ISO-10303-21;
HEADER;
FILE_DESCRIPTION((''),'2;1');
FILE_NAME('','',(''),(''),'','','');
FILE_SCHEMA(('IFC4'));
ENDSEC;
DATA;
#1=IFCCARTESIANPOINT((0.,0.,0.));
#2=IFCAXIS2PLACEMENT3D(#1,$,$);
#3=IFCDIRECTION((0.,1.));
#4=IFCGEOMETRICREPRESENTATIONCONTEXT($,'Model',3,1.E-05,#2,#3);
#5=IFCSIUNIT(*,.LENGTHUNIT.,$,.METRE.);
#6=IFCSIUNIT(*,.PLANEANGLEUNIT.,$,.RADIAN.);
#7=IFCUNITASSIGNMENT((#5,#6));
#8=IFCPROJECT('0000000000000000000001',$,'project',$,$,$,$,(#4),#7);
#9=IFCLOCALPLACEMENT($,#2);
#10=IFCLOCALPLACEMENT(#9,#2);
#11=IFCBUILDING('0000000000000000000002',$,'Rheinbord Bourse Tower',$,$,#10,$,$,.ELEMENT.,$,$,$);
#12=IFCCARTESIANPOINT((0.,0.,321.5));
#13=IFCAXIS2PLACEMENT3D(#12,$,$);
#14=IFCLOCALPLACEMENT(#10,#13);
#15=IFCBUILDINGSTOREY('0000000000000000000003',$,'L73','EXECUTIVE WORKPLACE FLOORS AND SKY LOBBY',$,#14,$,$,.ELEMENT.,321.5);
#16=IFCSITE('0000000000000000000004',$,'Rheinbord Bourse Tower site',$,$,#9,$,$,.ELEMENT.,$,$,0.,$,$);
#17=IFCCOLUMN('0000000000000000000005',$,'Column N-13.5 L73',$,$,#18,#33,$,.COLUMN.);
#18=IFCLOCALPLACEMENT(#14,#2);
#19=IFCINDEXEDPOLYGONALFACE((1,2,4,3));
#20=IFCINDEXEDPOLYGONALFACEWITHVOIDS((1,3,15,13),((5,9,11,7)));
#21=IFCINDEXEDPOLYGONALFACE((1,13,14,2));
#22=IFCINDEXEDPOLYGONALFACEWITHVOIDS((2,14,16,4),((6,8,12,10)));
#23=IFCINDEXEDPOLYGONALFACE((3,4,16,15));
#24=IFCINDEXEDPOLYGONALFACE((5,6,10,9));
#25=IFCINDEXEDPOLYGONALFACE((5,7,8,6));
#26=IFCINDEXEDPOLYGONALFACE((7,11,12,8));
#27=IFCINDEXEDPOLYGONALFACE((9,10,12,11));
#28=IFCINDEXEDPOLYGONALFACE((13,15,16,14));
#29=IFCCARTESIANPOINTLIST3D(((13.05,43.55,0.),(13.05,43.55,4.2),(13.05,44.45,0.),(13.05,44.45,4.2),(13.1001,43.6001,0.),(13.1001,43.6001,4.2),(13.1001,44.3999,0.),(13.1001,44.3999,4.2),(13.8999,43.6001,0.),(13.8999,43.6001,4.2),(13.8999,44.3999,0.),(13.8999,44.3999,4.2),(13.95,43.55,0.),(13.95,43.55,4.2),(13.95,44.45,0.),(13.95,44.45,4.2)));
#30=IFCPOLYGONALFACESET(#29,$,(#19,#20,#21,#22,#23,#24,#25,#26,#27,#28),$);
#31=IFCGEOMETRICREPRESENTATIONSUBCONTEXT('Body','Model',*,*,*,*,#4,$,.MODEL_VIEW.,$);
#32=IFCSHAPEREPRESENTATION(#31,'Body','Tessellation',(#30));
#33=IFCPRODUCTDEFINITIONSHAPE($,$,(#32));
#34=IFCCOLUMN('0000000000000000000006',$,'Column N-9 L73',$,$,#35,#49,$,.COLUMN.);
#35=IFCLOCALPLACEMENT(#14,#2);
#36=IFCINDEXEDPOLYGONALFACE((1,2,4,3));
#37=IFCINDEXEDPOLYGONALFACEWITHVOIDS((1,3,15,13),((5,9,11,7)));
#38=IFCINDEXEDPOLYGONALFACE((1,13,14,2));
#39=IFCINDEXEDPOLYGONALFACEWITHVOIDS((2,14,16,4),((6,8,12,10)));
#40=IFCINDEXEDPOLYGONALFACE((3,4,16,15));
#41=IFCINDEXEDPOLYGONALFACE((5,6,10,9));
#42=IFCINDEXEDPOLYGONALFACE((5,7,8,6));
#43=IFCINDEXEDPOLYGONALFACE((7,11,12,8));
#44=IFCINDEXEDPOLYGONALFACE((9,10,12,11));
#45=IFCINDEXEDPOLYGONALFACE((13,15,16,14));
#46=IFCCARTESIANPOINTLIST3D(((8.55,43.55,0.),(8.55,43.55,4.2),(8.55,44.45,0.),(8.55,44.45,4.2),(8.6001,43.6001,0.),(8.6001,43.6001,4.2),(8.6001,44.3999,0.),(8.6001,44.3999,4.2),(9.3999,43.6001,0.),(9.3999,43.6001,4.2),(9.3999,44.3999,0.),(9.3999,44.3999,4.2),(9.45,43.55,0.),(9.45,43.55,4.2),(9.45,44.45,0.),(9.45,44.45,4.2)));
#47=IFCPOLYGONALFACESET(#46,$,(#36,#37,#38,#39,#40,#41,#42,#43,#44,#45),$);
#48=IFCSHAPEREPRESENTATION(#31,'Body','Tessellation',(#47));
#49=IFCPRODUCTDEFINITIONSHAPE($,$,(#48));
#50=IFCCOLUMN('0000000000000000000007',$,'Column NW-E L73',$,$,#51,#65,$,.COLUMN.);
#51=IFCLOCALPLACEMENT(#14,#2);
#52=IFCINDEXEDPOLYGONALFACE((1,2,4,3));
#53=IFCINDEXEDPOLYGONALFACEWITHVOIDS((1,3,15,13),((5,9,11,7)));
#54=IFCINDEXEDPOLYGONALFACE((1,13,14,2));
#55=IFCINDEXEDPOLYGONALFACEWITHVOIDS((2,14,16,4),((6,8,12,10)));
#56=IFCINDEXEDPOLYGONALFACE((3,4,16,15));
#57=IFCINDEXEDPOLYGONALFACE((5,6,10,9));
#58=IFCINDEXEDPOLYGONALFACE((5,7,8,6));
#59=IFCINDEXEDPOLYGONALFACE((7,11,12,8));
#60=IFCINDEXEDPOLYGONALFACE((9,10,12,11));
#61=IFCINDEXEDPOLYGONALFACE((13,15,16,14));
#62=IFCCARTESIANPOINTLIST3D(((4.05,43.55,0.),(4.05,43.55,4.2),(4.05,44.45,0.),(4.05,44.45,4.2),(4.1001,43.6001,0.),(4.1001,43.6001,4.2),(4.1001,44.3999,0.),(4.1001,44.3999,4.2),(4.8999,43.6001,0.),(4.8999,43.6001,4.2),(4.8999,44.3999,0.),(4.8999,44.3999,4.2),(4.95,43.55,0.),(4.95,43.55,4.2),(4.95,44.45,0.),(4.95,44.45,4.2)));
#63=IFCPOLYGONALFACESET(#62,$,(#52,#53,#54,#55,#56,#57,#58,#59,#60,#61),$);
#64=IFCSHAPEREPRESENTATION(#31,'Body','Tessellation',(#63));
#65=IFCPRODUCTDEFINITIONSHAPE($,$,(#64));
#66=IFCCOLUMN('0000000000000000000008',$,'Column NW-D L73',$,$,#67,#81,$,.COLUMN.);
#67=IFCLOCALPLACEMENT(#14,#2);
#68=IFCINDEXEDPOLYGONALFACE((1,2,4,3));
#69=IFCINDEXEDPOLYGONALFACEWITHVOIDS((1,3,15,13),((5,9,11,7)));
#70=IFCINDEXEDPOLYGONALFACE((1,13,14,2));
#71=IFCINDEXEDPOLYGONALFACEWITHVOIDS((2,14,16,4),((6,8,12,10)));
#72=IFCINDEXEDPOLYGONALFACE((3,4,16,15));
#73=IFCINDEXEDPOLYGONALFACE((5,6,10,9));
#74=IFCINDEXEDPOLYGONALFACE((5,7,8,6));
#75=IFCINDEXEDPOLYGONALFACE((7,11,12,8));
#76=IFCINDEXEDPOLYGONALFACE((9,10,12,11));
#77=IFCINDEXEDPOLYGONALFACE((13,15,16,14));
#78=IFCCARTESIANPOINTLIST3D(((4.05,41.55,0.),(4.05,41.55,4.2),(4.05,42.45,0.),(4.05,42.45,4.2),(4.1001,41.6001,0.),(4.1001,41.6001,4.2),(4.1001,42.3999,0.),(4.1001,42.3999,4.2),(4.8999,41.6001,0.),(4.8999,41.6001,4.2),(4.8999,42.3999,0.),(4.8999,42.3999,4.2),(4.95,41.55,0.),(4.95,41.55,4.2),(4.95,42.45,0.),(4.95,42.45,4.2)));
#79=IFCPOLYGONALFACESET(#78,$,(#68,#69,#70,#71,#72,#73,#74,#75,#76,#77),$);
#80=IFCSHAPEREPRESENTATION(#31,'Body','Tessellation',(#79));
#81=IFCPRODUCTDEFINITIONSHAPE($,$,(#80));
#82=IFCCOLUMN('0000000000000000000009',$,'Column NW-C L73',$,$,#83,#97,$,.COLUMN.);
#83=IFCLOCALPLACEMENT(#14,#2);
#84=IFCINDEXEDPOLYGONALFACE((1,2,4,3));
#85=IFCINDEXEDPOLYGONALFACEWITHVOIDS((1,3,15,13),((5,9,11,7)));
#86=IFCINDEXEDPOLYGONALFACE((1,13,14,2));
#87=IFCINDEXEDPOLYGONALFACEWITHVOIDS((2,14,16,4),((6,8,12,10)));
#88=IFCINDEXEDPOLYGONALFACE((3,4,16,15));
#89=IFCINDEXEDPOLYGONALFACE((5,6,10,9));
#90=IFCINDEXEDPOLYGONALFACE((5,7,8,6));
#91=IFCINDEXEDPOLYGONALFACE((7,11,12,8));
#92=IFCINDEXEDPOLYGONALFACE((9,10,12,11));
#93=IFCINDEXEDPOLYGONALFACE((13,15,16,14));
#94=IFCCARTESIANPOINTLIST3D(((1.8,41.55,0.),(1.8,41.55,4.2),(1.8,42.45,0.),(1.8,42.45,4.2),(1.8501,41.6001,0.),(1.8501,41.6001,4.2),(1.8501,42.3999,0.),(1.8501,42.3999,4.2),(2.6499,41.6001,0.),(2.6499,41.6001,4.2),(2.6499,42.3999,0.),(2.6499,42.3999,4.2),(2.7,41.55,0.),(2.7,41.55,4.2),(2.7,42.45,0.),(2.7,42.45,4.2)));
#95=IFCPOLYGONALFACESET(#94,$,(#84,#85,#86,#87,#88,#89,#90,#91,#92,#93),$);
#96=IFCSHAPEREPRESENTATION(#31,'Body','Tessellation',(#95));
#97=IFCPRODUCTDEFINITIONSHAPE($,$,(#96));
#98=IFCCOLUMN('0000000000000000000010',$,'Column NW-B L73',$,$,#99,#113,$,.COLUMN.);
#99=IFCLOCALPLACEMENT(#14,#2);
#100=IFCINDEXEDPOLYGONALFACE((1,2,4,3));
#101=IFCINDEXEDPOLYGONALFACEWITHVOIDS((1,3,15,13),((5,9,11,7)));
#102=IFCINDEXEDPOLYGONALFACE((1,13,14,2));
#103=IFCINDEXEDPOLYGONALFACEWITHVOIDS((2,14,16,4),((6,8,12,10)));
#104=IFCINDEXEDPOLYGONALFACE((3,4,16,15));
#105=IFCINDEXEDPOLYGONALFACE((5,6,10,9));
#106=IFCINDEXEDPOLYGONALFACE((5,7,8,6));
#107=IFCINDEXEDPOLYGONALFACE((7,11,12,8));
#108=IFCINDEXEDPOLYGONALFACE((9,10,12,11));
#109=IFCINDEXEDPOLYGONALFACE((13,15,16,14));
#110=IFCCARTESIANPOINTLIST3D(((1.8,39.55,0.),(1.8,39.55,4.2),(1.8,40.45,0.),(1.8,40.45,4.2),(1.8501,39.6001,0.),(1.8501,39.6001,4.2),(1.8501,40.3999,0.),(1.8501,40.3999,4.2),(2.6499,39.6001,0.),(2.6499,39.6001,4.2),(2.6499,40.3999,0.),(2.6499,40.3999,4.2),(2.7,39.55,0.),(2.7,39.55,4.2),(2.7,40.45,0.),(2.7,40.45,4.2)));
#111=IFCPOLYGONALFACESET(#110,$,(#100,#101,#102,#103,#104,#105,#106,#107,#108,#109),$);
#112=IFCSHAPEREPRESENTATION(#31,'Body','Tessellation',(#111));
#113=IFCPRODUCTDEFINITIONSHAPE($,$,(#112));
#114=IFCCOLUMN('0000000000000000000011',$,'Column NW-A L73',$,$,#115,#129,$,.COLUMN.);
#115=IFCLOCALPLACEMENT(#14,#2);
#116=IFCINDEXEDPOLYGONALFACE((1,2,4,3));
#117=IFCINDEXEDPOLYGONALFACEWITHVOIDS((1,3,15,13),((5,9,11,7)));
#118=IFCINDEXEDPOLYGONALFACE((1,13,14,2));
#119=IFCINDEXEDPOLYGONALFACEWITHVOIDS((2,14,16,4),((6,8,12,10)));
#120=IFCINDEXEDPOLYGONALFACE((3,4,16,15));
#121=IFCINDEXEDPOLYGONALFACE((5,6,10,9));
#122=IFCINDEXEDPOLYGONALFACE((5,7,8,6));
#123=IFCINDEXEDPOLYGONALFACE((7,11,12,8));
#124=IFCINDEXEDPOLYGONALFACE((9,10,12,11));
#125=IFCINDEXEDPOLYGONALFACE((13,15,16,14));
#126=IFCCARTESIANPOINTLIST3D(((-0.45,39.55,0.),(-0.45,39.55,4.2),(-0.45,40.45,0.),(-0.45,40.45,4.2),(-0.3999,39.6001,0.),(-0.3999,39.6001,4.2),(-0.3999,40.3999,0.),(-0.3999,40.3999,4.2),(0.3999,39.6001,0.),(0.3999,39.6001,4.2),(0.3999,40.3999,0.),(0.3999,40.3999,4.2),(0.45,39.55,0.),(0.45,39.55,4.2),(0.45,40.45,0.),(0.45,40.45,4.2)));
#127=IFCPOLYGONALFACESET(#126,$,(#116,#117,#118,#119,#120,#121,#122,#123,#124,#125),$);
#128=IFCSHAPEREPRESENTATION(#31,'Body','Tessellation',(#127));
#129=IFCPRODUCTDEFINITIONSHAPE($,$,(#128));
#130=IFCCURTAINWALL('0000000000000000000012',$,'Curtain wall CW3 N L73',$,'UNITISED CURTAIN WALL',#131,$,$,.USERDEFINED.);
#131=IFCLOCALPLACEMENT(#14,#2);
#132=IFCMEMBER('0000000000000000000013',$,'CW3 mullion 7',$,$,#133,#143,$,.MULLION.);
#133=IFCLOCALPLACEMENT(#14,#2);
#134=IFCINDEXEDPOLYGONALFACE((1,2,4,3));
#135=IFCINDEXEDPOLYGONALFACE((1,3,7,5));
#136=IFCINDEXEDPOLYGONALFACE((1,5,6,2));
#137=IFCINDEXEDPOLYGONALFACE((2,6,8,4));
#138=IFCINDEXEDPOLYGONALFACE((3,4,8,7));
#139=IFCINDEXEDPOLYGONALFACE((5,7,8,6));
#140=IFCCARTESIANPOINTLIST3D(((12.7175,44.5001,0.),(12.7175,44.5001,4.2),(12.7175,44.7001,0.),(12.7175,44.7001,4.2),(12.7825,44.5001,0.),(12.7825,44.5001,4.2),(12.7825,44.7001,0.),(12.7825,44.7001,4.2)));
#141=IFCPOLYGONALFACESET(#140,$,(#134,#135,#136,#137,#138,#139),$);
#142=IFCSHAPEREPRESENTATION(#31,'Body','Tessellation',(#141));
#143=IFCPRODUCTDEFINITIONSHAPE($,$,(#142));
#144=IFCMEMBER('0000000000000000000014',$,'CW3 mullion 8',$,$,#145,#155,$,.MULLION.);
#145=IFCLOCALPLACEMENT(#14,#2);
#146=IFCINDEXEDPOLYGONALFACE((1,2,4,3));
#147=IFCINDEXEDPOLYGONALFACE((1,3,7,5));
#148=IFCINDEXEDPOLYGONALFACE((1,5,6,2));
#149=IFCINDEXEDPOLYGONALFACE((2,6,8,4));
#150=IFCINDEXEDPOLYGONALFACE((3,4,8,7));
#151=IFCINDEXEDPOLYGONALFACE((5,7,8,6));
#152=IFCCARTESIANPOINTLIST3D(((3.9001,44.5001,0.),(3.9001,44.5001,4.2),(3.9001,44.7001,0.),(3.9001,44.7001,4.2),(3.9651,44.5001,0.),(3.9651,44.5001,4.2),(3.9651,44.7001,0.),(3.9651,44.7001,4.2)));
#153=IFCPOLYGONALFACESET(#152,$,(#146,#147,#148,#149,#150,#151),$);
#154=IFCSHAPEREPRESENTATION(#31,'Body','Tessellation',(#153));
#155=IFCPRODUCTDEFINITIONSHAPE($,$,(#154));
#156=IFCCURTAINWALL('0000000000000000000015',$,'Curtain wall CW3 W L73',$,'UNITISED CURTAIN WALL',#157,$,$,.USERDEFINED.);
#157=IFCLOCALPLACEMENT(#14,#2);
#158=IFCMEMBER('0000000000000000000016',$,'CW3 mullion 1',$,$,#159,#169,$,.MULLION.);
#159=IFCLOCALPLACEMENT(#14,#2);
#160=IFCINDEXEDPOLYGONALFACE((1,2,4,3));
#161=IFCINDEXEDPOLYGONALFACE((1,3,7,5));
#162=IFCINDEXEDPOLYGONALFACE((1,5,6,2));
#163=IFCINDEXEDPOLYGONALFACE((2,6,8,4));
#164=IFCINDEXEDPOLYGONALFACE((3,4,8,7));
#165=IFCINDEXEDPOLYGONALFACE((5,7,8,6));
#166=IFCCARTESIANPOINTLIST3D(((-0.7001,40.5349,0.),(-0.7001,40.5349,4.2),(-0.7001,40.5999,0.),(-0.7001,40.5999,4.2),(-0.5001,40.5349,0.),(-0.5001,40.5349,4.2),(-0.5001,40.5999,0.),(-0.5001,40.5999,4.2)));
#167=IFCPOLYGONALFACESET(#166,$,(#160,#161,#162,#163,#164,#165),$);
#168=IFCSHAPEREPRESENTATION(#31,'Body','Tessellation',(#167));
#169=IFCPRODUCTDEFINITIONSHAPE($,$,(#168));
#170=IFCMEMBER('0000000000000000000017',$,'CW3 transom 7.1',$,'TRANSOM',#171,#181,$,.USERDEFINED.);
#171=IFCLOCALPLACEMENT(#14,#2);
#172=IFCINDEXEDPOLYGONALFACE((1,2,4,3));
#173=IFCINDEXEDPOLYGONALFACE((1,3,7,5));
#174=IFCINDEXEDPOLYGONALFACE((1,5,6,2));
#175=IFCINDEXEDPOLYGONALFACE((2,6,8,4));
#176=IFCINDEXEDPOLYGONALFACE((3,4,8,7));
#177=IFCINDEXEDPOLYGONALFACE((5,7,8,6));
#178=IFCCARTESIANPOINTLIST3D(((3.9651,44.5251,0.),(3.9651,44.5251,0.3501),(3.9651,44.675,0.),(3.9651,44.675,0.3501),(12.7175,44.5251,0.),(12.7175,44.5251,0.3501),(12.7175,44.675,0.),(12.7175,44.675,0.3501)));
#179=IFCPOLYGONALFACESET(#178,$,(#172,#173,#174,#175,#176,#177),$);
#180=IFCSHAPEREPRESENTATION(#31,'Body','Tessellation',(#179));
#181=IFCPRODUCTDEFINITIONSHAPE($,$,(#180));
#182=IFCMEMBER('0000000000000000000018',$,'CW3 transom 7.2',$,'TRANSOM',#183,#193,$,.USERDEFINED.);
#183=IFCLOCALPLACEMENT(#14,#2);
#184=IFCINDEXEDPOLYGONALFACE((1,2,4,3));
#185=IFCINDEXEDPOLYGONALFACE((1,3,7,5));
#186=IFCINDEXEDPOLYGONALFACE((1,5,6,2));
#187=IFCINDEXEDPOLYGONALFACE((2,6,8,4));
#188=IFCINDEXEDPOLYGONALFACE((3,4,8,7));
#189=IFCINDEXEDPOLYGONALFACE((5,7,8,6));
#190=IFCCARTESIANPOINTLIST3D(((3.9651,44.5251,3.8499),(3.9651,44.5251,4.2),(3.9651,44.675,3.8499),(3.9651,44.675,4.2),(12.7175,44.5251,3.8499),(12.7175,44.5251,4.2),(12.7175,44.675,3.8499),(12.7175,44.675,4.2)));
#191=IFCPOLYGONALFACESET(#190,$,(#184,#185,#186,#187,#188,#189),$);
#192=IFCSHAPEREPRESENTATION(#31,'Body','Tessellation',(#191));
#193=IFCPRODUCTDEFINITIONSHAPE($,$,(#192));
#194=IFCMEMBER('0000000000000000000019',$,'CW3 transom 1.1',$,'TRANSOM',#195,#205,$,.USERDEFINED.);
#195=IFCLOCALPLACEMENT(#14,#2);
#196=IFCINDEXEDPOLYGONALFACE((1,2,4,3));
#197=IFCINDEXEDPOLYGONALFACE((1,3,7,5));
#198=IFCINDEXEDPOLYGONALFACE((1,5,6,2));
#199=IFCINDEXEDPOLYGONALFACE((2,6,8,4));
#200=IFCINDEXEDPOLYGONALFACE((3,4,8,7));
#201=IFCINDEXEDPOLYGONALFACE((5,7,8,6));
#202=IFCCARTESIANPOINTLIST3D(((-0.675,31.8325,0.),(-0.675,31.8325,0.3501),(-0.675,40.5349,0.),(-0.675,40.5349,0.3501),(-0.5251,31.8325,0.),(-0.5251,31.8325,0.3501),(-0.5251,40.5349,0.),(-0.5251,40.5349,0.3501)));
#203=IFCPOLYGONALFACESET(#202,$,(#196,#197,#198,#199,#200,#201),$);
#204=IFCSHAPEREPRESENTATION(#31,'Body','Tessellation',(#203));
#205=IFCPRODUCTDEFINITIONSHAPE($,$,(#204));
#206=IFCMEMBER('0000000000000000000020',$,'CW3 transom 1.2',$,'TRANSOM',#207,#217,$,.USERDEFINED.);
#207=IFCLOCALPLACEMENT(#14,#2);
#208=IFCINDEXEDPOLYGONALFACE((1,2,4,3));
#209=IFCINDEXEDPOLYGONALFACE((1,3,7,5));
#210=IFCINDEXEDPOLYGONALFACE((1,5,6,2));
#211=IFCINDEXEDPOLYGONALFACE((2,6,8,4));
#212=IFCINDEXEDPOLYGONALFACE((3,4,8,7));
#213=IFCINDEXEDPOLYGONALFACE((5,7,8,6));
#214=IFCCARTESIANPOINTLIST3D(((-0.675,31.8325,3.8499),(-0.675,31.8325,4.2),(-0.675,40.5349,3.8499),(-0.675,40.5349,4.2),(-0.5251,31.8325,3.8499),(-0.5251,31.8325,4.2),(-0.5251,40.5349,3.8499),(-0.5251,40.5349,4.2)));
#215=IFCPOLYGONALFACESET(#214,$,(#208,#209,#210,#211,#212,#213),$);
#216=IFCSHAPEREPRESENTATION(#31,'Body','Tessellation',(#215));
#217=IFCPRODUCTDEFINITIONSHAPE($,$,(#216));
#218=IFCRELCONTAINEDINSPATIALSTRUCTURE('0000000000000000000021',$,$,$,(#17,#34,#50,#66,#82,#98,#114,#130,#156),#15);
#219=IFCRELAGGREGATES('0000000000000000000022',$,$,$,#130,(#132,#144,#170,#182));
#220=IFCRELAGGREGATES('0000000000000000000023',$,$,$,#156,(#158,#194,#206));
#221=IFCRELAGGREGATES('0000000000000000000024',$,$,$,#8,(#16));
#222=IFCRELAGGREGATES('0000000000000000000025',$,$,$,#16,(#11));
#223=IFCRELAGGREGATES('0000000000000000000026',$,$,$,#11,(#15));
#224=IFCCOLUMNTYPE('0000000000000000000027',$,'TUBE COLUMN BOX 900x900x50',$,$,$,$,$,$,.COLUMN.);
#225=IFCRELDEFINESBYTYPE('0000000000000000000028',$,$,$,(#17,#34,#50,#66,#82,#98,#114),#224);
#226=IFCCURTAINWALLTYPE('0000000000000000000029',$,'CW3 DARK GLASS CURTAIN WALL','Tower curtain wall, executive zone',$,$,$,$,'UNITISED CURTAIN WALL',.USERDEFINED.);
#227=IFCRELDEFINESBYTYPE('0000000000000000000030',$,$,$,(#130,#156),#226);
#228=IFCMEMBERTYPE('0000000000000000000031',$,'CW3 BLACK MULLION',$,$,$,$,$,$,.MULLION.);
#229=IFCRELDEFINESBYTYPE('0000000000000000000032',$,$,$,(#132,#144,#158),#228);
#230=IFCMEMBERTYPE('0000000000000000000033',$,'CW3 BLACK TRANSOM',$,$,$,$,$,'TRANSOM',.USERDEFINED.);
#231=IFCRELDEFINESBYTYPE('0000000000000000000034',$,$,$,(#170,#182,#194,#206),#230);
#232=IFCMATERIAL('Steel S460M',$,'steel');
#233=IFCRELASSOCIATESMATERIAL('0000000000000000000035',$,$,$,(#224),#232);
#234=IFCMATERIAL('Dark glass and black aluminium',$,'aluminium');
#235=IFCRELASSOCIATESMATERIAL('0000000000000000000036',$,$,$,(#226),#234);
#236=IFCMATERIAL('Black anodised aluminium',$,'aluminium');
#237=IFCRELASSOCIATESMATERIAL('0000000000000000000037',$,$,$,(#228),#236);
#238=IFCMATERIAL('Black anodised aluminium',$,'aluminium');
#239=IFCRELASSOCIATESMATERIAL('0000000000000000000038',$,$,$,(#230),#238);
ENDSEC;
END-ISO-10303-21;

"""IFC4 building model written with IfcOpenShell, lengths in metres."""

from ifc_helpers import new_model, si_unit, direction, frame, origin, origin_2d, place, context, subcontext, project, spatial, rectangle, hollow_rectangle, extrude, material, material_profile, profile_set, type_object, element, aggregate, save


model = new_model("IFC4")

# Units and contexts
model_context = context("Model", 3, precision=1e-05, world=origin(), true_north=direction((0.0, 1.0)))
body_context = subcontext(model_context, "Body", "Model", "MODEL_VIEW")
ifc_project = project(units=[si_unit("LENGTHUNIT", "METRE"), si_unit("PLANEANGLEUNIT", "RADIAN")], contexts=[model_context])

# Site, building, storey
site_placement = place(None, origin())
site = spatial("IfcSite", under=ifc_project, at=site_placement, Name="Rheinbord Bourse Tower site", CompositionType="ELEMENT", RefElevation=0.0)
building_placement = place(site_placement, origin())
building = spatial("IfcBuilding", under=site, at=building_placement, Name="Rheinbord Bourse Tower", CompositionType="ELEMENT")
storey_placement = place(building_placement, frame((0.0, 0.0, 321.5)))
storey = spatial("IfcBuildingStorey", under=building, at=storey_placement, Name="L73", Description="EXECUTIVE WORKPLACE FLOORS AND SKY LOBBY", CompositionType="ELEMENT", Elevation=321.5)

# Columns
ifc_material_1 = material(Name="Steel S460M", Category="steel")
ifc_material_profile_1 = material_profile(ifc_material_1, hollow_rectangle(XDim=0.8999, YDim=0.8999, WallThickness=0.05, at=origin_2d()), Name="BOX 900x900x50")
ifc_profile_set_1 = profile_set([ifc_material_profile_1], Name="Steel S460M")
column_type = type_object("IfcColumnType", Name="TUBE COLUMN BOX 900x900x50", PredefinedType="COLUMN", material=ifc_profile_set_1)
for number, where, z_axis, x_axis, name in (
    (1, (13.5, 44.0, 0.0), (0.0, 0.0, 1.0), (0.0, 1.0, 0.0), "Column N-13.5 L73"),
    (2, (9.0, 44.0, 0.0), (0.0, 0.0, 1.0), (0.0, 1.0, 0.0), "Column N-9 L73"),
    (3, (4.5, 44.0, 0.0), (0.0, 0.0, 1.0), (0.0, 1.0, 0.0), "Column NW-E L73"),
    (4, (4.5, 42.0, 0.0), (0.0, 0.0, 1.0), (0.0, 1.0, 0.0), "Column NW-D L73"),
    (5, (2.25, 42.0, 0.0), (0.0, 0.0, 1.0), (1.0, 0.0, 0.0), "Column NW-C L73"),
    (6, (2.25, 40.0, 0.0), (0.0, 0.0, 1.0), (1.0, 0.0, 0.0), "Column NW-B L73"),
    (7, (0.0, 40.0, 0.0), (0.0, 0.0, 1.0), (1.0, 0.0, 0.0), "Column NW-A L73"),
):
    element("IfcColumn", number, at=place(storey_placement, frame(where, z_axis=z_axis, x_axis=x_axis)), inside=storey, type_object=column_type, Name=name, PredefinedType="COLUMN", context=body_context, shape_type="SweptSolid", body=[
        extrude(hollow_rectangle(XDim=0.8999, YDim=0.8999, WallThickness=0.05, at=origin_2d()), origin(), (0.0, 0.0, 1.0), 4.2),
    ])

# Curtain wall, members
ifc_material_2 = material(Name="Dark glass and black aluminium", Category="aluminium")
curtain_wall_type = type_object("IfcCurtainWallType", Name="CW3 DARK GLASS CURTAIN WALL", Description="Tower curtain wall, executive zone", ElementType="UNITISED CURTAIN WALL", PredefinedType="USERDEFINED", material=ifc_material_2)
curtain_wall_1_placement = place(storey_placement, origin())
curtain_wall_1 = element("IfcCurtainWall", 8, at=curtain_wall_1_placement, inside=storey, type_object=curtain_wall_type, Name="Curtain wall CW3 N L73", ObjectType="UNITISED CURTAIN WALL", PredefinedType="USERDEFINED")
ifc_material_3 = material(Name="Black anodised aluminium", Category="aluminium")
ifc_material_profile_2 = material_profile(ifc_material_3, rectangle(XDim=0.2, YDim=0.0649, at=origin_2d()), Name="CW3 MULLION 65x200")
ifc_profile_set_2 = profile_set([ifc_material_profile_2], Name="Black anodised aluminium")
member_type_1 = type_object("IfcMemberType", Name="CW3 BLACK MULLION", PredefinedType="MULLION", material=ifc_profile_set_2)
member_1_placement = place(storey_placement, frame((12.75, 44.6001, 0.0), z_axis=(0.0, 0.0, 1.0), x_axis=(0.0, -1.0, 0.0)))
member_1 = element("IfcMember", 9, at=member_1_placement, type_object=member_type_1, Name="CW3 mullion 7", PredefinedType="MULLION", context=body_context, shape_type="SweptSolid", body=[
    extrude(rectangle(XDim=0.2, YDim=0.0649, at=origin_2d()), origin(), (0.0, 0.0, 1.0), 4.2),
])
member_2_placement = place(storey_placement, frame((3.9326, 44.6001, 0.0), z_axis=(0.0, 0.0, 1.0), x_axis=(0.0, -1.0, 0.0)))
member_2 = element("IfcMember", 10, at=member_2_placement, type_object=member_type_1, Name="CW3 mullion 8", PredefinedType="MULLION", context=body_context, shape_type="SweptSolid", body=[
    extrude(rectangle(XDim=0.2, YDim=0.0649, at=origin_2d()), origin(), (0.0, 0.0, 1.0), 4.2),
])

# Curtain wall, member
curtain_wall_2_placement = place(storey_placement, origin())
curtain_wall_2 = element("IfcCurtainWall", 11, at=curtain_wall_2_placement, inside=storey, type_object=curtain_wall_type, Name="Curtain wall CW3 W L73", ObjectType="UNITISED CURTAIN WALL", PredefinedType="USERDEFINED")
member_3_placement = place(storey_placement, frame((-0.6001, 40.5674, 0.0), z_axis=(0.0, 0.0, 1.0), x_axis=(1.0, 0.0, 0.0)))
member_3 = element("IfcMember", 12, at=member_3_placement, type_object=member_type_1, Name="CW3 mullion 1", PredefinedType="MULLION", context=body_context, shape_type="SweptSolid", body=[
    extrude(rectangle(XDim=0.2, YDim=0.0649, at=origin_2d()), origin(), (0.0, 0.0, 1.0), 4.2),
])

# Members
ifc_material_4 = material(Name="Black anodised aluminium", Category="aluminium")
ifc_material_profile_3 = material_profile(ifc_material_4, rectangle(XDim=0.1499, YDim=0.3501, at=origin_2d()), Name="CW3 TRANSOM 350x150")
ifc_profile_set_3 = profile_set([ifc_material_profile_3], Name="Black anodised aluminium")
member_type_2 = type_object("IfcMemberType", Name="CW3 BLACK TRANSOM", ElementType="TRANSOM", PredefinedType="USERDEFINED", material=ifc_profile_set_3)
member_4_placement = place(storey_placement, frame((12.7175, 44.6001, 0.175), z_axis=(-1.0, 0.0, 0.0), x_axis=(0.0, -1.0, 0.0)))
member_4 = element("IfcMember", 13, at=member_4_placement, type_object=member_type_2, Name="CW3 transom 7.1", ObjectType="TRANSOM", PredefinedType="USERDEFINED", context=body_context, shape_type="SweptSolid", body=[
    extrude(rectangle(XDim=0.1499, YDim=0.3501, at=origin_2d()), origin(), (0.0, 0.0, 1.0), 8.7524),
])
member_5_placement = place(storey_placement, frame((12.7175, 44.6001, 4.0249), z_axis=(-1.0, 0.0, 0.0), x_axis=(0.0, -1.0, 0.0)))
member_5 = element("IfcMember", 14, at=member_5_placement, type_object=member_type_2, Name="CW3 transom 7.2", ObjectType="TRANSOM", PredefinedType="USERDEFINED", context=body_context, shape_type="SweptSolid", body=[
    extrude(rectangle(XDim=0.1499, YDim=0.3501, at=origin_2d()), origin(), (0.0, 0.0, 1.0), 8.7524),
])
member_6_placement = place(storey_placement, frame((-0.6001, 40.5349, 0.175), z_axis=(0.0, -1.0, 0.0), x_axis=(1.0, 0.0, 0.0)))
member_6 = element("IfcMember", 15, at=member_6_placement, type_object=member_type_2, Name="CW3 transom 1.1", ObjectType="TRANSOM", PredefinedType="USERDEFINED", context=body_context, shape_type="SweptSolid", body=[
    extrude(rectangle(XDim=0.1499, YDim=0.3501, at=origin_2d()), origin(), (0.0, 0.0, 1.0), 8.7024),
])
member_7_placement = place(storey_placement, frame((-0.6001, 40.5349, 4.0249), z_axis=(0.0, -1.0, 0.0), x_axis=(1.0, 0.0, 0.0)))
member_7 = element("IfcMember", 16, at=member_7_placement, type_object=member_type_2, Name="CW3 transom 1.2", ObjectType="TRANSOM", PredefinedType="USERDEFINED", context=body_context, shape_type="SweptSolid", body=[
    extrude(rectangle(XDim=0.1499, YDim=0.3501, at=origin_2d()), origin(), (0.0, 0.0, 1.0), 8.7024),
])

aggregate(curtain_wall_1, [member_1, member_2, member_4, member_5])
aggregate(curtain_wall_2, [member_3, member_6, member_7])

save(model, "model.ifc")
